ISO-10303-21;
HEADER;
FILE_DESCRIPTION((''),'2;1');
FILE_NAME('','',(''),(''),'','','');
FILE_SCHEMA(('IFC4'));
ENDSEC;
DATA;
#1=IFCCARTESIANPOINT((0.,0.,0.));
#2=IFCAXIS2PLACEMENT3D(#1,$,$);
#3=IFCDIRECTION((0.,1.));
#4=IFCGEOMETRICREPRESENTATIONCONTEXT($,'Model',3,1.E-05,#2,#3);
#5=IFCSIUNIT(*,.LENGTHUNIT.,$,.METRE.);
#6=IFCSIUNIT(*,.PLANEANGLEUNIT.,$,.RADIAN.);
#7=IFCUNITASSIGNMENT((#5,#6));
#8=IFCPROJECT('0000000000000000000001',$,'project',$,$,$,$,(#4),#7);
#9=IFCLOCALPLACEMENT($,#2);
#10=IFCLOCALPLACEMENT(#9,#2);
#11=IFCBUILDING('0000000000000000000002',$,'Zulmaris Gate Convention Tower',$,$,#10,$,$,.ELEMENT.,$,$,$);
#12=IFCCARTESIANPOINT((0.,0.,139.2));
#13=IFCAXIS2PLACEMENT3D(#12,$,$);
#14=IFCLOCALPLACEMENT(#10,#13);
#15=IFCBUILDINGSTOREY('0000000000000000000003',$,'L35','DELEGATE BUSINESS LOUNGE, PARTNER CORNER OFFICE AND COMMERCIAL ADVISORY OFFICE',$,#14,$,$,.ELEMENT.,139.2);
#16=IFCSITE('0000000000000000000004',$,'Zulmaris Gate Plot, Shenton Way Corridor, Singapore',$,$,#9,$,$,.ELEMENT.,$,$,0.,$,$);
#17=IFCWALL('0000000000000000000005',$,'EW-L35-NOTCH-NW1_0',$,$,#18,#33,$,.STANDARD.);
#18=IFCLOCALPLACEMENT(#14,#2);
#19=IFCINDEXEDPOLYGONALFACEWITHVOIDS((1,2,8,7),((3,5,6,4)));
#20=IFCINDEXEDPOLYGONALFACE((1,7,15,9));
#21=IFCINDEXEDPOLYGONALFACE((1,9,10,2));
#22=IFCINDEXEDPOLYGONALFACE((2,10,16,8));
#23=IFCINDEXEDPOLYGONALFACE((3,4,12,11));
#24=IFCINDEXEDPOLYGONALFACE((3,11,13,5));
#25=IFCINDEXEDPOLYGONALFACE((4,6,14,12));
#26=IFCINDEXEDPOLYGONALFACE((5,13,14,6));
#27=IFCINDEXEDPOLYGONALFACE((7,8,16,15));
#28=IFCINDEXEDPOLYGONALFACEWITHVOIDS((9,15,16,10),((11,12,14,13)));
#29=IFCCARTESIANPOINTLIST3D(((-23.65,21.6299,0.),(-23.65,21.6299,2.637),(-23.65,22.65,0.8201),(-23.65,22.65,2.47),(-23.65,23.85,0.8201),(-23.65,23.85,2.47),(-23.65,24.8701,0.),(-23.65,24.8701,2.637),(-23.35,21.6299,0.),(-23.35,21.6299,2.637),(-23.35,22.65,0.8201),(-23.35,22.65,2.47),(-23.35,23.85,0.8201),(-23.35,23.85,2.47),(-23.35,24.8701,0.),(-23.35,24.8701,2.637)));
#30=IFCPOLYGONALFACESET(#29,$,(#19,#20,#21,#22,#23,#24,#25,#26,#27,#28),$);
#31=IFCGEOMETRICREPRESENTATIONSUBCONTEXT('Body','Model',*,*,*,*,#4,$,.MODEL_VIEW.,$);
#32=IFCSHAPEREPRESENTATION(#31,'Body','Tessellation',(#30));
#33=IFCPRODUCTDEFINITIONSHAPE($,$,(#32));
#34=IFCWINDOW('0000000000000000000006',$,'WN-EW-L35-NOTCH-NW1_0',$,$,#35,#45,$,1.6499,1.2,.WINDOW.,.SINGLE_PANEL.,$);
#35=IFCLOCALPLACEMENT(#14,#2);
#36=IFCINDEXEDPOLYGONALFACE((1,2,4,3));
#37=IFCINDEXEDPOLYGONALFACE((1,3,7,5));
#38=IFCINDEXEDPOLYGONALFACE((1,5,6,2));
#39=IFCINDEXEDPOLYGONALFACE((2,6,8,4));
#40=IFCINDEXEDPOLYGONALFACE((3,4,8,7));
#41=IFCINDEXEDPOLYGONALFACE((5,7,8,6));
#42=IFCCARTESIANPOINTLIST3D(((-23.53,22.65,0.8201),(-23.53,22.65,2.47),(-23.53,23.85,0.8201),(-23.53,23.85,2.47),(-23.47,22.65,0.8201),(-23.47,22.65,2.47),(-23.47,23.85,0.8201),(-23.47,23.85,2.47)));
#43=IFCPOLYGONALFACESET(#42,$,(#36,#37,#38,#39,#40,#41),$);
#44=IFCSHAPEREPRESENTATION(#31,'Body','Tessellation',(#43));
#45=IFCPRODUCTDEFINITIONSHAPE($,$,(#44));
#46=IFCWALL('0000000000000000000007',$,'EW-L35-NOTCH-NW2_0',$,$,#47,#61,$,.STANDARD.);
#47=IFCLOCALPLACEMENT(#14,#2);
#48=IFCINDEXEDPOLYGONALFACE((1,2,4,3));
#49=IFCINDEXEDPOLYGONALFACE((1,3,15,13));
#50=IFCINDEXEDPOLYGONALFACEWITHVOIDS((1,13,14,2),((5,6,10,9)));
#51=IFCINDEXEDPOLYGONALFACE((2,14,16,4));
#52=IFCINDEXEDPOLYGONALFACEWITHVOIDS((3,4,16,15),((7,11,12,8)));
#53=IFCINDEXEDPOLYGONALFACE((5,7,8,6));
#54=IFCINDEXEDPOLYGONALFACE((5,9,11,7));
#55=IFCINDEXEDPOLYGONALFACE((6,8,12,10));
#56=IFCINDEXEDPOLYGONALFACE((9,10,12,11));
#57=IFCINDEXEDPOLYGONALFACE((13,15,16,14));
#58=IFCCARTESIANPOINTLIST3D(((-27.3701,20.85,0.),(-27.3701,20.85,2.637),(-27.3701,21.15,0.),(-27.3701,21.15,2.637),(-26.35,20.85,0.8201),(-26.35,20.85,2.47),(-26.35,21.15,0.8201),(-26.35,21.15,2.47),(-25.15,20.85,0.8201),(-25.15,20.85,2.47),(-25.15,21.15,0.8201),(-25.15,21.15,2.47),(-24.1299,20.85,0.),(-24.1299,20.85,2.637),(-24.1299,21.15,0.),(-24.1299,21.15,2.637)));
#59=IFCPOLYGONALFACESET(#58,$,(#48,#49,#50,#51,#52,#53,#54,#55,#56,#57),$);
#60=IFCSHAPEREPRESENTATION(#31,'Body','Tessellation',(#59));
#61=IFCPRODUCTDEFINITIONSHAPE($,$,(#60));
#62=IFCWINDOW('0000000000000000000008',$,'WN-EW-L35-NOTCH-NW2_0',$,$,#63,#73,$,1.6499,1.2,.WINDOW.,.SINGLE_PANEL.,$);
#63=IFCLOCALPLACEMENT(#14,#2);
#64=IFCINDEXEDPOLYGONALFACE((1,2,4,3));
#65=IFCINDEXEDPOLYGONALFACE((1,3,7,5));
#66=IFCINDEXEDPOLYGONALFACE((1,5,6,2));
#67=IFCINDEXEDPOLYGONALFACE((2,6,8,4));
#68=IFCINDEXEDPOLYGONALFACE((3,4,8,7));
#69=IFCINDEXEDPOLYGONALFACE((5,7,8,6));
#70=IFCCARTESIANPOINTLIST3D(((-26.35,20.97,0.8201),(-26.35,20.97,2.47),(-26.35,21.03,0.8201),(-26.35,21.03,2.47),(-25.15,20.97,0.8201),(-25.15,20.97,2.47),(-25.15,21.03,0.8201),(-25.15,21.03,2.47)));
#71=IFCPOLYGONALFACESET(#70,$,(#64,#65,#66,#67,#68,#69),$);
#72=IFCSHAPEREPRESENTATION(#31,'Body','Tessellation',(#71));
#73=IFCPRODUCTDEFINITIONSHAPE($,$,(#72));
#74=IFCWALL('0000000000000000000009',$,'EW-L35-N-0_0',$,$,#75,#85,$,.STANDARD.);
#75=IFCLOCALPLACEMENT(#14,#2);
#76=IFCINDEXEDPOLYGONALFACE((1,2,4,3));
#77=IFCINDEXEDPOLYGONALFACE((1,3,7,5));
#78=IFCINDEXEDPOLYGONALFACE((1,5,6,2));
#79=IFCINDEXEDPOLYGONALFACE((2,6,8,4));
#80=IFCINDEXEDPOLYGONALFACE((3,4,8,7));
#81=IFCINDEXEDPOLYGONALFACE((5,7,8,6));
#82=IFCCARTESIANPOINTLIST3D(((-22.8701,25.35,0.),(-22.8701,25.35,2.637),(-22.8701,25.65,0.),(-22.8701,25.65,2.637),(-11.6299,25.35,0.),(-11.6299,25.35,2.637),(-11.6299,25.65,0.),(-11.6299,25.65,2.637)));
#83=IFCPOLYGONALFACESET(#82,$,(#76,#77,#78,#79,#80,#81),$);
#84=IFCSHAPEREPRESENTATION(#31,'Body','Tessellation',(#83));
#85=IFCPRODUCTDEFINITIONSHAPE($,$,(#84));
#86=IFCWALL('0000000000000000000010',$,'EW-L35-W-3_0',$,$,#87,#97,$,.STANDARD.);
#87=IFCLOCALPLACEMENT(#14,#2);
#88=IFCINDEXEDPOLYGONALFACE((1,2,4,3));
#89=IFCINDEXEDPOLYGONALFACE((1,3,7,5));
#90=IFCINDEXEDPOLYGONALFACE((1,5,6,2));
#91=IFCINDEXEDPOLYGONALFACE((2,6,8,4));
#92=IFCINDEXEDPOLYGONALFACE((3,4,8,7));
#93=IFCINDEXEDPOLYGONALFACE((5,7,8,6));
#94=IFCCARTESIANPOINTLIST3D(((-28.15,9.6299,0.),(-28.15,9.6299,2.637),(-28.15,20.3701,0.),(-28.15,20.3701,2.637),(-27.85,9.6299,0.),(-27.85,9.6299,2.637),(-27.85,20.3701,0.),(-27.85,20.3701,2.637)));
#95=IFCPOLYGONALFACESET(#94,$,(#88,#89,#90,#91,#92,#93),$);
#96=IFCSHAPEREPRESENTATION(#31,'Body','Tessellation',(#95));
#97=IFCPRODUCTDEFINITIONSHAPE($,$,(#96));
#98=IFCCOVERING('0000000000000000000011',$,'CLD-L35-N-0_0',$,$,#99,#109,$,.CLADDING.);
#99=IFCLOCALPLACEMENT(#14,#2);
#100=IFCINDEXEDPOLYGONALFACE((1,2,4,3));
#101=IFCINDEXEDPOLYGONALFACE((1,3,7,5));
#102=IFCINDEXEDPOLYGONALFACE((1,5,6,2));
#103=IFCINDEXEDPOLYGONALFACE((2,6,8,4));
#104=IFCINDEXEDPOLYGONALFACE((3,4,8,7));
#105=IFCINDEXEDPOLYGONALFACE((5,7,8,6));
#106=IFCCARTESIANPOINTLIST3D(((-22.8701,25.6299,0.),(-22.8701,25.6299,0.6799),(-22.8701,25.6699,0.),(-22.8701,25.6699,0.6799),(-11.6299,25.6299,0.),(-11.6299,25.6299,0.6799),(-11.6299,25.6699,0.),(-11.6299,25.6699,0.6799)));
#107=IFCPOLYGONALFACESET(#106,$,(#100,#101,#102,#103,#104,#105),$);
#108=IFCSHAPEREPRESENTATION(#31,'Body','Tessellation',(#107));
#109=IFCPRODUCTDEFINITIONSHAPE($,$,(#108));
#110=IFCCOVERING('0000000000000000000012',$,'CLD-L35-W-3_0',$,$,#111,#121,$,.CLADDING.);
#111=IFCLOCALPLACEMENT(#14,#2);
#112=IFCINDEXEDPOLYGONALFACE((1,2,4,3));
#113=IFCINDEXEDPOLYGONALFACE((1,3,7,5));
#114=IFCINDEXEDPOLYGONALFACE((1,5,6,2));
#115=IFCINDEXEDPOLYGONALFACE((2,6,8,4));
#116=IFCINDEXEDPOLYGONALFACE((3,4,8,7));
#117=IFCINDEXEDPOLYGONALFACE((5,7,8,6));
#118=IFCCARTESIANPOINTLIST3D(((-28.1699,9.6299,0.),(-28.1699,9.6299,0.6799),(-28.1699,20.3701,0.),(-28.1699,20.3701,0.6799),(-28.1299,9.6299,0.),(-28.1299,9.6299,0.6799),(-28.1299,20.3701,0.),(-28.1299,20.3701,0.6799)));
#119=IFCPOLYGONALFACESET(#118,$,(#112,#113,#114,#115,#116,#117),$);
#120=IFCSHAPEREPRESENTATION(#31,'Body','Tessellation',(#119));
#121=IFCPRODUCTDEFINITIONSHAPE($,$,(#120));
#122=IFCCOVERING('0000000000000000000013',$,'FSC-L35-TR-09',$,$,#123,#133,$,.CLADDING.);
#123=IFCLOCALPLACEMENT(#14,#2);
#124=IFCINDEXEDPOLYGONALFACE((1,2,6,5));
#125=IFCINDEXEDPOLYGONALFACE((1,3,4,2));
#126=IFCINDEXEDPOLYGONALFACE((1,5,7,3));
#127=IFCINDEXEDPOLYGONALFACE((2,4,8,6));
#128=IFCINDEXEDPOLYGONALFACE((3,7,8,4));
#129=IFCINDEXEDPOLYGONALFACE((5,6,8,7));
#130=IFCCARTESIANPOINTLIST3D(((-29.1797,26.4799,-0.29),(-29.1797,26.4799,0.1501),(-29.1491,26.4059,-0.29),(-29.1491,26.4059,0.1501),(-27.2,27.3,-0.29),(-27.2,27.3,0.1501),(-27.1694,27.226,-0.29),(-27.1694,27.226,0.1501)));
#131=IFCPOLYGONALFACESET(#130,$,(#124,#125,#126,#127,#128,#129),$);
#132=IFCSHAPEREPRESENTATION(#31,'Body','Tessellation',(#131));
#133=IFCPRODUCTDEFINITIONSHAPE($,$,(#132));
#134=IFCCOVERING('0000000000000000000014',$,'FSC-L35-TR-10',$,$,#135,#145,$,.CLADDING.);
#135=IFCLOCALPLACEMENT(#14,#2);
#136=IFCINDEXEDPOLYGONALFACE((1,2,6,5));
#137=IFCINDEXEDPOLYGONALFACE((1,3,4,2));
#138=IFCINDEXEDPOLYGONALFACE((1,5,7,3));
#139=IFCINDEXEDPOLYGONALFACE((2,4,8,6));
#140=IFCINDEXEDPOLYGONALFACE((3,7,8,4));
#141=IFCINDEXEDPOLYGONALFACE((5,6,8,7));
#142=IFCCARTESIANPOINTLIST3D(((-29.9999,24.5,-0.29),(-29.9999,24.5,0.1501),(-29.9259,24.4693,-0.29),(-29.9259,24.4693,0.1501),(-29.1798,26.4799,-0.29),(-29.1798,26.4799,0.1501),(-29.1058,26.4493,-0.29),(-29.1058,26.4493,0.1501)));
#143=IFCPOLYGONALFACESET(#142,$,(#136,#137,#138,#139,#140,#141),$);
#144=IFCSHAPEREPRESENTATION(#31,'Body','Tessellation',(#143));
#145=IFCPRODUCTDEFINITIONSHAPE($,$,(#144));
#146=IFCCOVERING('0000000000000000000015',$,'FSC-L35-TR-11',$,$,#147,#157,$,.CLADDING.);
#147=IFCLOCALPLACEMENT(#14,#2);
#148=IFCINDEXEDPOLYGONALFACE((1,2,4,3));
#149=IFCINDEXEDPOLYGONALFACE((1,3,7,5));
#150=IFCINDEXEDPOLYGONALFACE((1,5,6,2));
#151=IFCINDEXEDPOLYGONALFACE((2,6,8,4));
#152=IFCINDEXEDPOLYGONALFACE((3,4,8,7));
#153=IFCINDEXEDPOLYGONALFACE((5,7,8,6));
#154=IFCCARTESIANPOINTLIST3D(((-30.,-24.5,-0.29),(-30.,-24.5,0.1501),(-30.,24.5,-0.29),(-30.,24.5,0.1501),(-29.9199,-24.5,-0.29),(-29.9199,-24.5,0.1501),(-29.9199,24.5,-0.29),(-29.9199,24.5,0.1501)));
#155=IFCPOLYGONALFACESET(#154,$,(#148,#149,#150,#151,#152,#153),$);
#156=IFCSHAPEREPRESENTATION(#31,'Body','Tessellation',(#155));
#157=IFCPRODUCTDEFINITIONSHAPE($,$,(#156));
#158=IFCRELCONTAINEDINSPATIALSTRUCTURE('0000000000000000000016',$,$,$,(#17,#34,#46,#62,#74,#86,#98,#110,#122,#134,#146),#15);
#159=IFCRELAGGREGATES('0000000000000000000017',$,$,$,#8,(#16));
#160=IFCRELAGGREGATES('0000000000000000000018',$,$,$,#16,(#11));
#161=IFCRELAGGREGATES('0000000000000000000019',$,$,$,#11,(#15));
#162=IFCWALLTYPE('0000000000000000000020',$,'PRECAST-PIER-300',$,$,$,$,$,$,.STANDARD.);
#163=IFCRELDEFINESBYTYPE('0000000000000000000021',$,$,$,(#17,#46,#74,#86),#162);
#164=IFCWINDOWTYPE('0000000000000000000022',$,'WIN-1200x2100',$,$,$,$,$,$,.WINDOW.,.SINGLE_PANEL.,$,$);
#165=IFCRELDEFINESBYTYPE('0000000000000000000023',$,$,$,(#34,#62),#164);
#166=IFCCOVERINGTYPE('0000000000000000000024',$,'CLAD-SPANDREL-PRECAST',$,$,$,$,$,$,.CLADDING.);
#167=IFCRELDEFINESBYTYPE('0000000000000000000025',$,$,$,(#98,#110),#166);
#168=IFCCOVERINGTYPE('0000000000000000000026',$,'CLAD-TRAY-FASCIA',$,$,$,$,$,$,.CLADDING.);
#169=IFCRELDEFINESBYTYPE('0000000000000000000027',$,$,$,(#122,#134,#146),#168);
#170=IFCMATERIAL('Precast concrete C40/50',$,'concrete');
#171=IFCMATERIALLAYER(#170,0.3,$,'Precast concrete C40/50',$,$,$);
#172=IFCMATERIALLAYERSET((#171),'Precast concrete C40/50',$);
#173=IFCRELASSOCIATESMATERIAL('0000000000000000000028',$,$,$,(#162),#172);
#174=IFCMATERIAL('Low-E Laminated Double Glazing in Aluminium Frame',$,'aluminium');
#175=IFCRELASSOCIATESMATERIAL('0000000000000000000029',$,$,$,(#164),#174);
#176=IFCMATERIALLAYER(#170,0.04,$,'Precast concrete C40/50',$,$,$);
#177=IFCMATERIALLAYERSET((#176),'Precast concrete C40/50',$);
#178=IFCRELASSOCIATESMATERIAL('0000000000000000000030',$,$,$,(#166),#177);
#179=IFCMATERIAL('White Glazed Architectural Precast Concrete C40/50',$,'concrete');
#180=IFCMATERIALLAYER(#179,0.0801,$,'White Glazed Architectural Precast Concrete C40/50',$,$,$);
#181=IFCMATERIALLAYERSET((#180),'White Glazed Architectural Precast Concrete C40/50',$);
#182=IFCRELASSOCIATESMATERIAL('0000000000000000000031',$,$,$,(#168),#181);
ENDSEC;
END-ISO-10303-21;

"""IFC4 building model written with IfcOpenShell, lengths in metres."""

from ifc_helpers import new_model, si_unit, direction, frame, frame_2d, origin, place, context, subcontext, project, spatial, rectangle, extrude, material, layer, layer_set, type_object, element, fill, save


model = new_model("IFC4")

# Units and contexts
model_context = context("Model", 3, precision=1e-05, world=origin(), true_north=direction((0.0, 1.0)))
body_context = subcontext(model_context, "Body", "Model", "MODEL_VIEW")
ifc_project = project(units=[si_unit("LENGTHUNIT", "METRE"), si_unit("PLANEANGLEUNIT", "RADIAN")], contexts=[model_context])

# Site, building, storey
site_placement = place(None, origin())
site = spatial("IfcSite", under=ifc_project, at=site_placement, Name="Zulmaris Gate Plot, Shenton Way Corridor, Singapore", CompositionType="ELEMENT", RefElevation=0.0)
building_placement = place(site_placement, origin())
building = spatial("IfcBuilding", under=site, at=building_placement, Name="Zulmaris Gate Convention Tower", CompositionType="ELEMENT")
storey_placement = place(building_placement, frame((0.0, 0.0, 139.2)))
storey = spatial("IfcBuildingStorey", under=building, at=storey_placement, Name="L35", Description="DELEGATE BUSINESS LOUNGE, PARTNER CORNER OFFICE AND COMMERCIAL ADVISORY OFFICE", CompositionType="ELEMENT", Elevation=139.2)

# Walls, openings, windows
ifc_material_1 = material(Name="Precast concrete C40/50", Category="concrete")
ifc_layer_1 = layer(ifc_material_1, 0.3, Name="Precast concrete C40/50")
ifc_layer_set_1 = layer_set([ifc_layer_1], Name="Precast concrete C40/50")
wall_type_1 = type_object("IfcWallType", Name="PRECAST-PIER-300", PredefinedType="STANDARD", material=ifc_layer_set_1)
wall_1_placement = place(storey_placement, frame((-23.5, 24.8701, 0.0), z_axis=(0.0, 0.0, 1.0), x_axis=(0.0, -1.0, 0.0)))
wall_1 = element("IfcWall", 1, at=wall_1_placement, inside=storey, type_object=wall_type_1, Name="EW-L35-NOTCH-NW1_0", PredefinedType="STANDARD", context=body_context, shape_type="SweptSolid", body=[
    extrude(rectangle(XDim=3.2402, YDim=0.3, at=frame_2d((1.6201, 0.0))), origin(), (0.0, 0.0, 1.0), 2.637),
])
opening_1_placement = place(wall_1_placement, frame((1.02, 0.0, 0.8201)))
opening_1 = element("IfcOpeningElement", 2, at=opening_1_placement, cuts=wall_1, PredefinedType="OPENING", context=body_context, shape_type="SweptSolid", body=[
    extrude(rectangle(XDim=1.2, YDim=1.6499, at=frame_2d((0.6001, 0.825))), frame((0.0, 0.1602, 0.0), z_axis=(0.0, -1.0, 0.0), x_axis=(1.0, 0.0, 0.0)), (0.0, 0.0, 1.0), 0.3201),
])
ifc_material_2 = material(Name="Low-E Laminated Double Glazing in Aluminium Frame", Category="aluminium")
window_type = type_object("IfcWindowType", Name="WIN-1200x2100", PartitioningType="SINGLE_PANEL", PredefinedType="WINDOW", material=ifc_material_2)
window_1_placement = place(opening_1_placement, origin())
window_1 = element("IfcWindow", 3, at=window_1_placement, inside=storey, type_object=window_type, Name="WN-EW-L35-NOTCH-NW1_0", OverallHeight=1.6499, OverallWidth=1.2, PartitioningType="SINGLE_PANEL", PredefinedType="WINDOW", context=body_context, shape_type="SweptSolid", body=[
    extrude(rectangle(XDim=1.2, YDim=1.6499, at=frame_2d((0.6001, 0.825))), frame((0.0, 0.03, 0.0), z_axis=(0.0, -1.0, 0.0), x_axis=(1.0, 0.0, 0.0)), (0.0, 0.0, 1.0), 0.0601),
])
fill(opening_1, window_1)
wall_2_placement = place(storey_placement, frame((-24.1299, 21.0, 0.0), z_axis=(0.0, 0.0, 1.0), x_axis=(-1.0, 0.0, 0.0)))
wall_2 = element("IfcWall", 4, at=wall_2_placement, inside=storey, type_object=wall_type_1, Name="EW-L35-NOTCH-NW2_0", PredefinedType="STANDARD", context=body_context, shape_type="SweptSolid", body=[
    extrude(rectangle(XDim=3.2402, YDim=0.3, at=frame_2d((1.6201, 0.0))), origin(), (0.0, 0.0, 1.0), 2.637),
])
opening_2_placement = place(wall_2_placement, frame((1.02, 0.0, 0.8201)))
opening_2 = element("IfcOpeningElement", 5, at=opening_2_placement, cuts=wall_2, PredefinedType="OPENING", context=body_context, shape_type="SweptSolid", body=[
    extrude(rectangle(XDim=1.2, YDim=1.6499, at=frame_2d((0.6001, 0.825))), frame((0.0, 0.1602, 0.0), z_axis=(0.0, -1.0, 0.0), x_axis=(1.0, 0.0, 0.0)), (0.0, 0.0, 1.0), 0.3201),
])
window_2_placement = place(opening_2_placement, origin())
window_2 = element("IfcWindow", 6, at=window_2_placement, inside=storey, type_object=window_type, Name="WN-EW-L35-NOTCH-NW2_0", OverallHeight=1.6499, OverallWidth=1.2, PartitioningType="SINGLE_PANEL", PredefinedType="WINDOW", context=body_context, shape_type="SweptSolid", body=[
    extrude(rectangle(XDim=1.2, YDim=1.6499, at=frame_2d((0.6001, 0.825))), frame((0.0, 0.03, 0.0), z_axis=(0.0, -1.0, 0.0), x_axis=(1.0, 0.0, 0.0)), (0.0, 0.0, 1.0), 0.0601),
])
fill(opening_2, window_2)

# Walls
wall_3_placement = place(storey_placement, frame((-11.6299, 25.5, 0.0), z_axis=(0.0, 0.0, 1.0), x_axis=(-1.0, 0.0, 0.0)))
element("IfcWall", 7, at=wall_3_placement, inside=storey, type_object=wall_type_1, Name="EW-L35-N-0_0", PredefinedType="STANDARD", context=body_context, shape_type="SweptSolid", body=[
    extrude(rectangle(XDim=11.2402, YDim=0.3, at=frame_2d((5.6201, 0.0))), origin(), (0.0, 0.0, 1.0), 2.637),
])
wall_4_placement = place(storey_placement, frame((-28.0, 20.3701, 0.0), z_axis=(0.0, 0.0, 1.0), x_axis=(0.0, -1.0, 0.0)))
element("IfcWall", 8, at=wall_4_placement, inside=storey, type_object=wall_type_1, Name="EW-L35-W-3_0", PredefinedType="STANDARD", context=body_context, shape_type="SweptSolid", body=[
    extrude(rectangle(XDim=10.7402, YDim=0.3, at=frame_2d((5.3701, 0.0))), origin(), (0.0, 0.0, 1.0), 2.637),
])

# Coverings
ifc_layer_2 = layer(ifc_material_1, 0.04, Name="Precast concrete C40/50")
ifc_layer_set_2 = layer_set([ifc_layer_2], Name="Precast concrete C40/50")
covering_type_1 = type_object("IfcCoveringType", Name="CLAD-SPANDREL-PRECAST", PredefinedType="CLADDING", material=ifc_layer_set_2)
covering_1_placement = place(storey_placement, frame((-11.6299, 25.6499, 0.0), z_axis=(0.0, 0.0, 1.0), x_axis=(-1.0, 0.0, 0.0)))
element("IfcCovering", 9, at=covering_1_placement, inside=storey, type_object=covering_type_1, Name="CLD-L35-N-0_0", PredefinedType="CLADDING", context=body_context, shape_type="SweptSolid", body=[
    extrude(rectangle(XDim=11.2402, YDim=0.04, at=frame_2d((5.6201, 0.0))), origin(), (0.0, 0.0, 1.0), 0.6799),
])
covering_2_placement = place(storey_placement, frame((-28.1499, 20.3701, 0.0), z_axis=(0.0, 0.0, 1.0), x_axis=(0.0, -1.0, 0.0)))
element("IfcCovering", 10, at=covering_2_placement, inside=storey, type_object=covering_type_1, Name="CLD-L35-W-3_0", PredefinedType="CLADDING", context=body_context, shape_type="SweptSolid", body=[
    extrude(rectangle(XDim=10.7402, YDim=0.04, at=frame_2d((5.3701, 0.0))), origin(), (0.0, 0.0, 1.0), 0.6799),
])
ifc_material_3 = material(Name="White Glazed Architectural Precast Concrete C40/50", Category="concrete")
ifc_layer_3 = layer(ifc_material_3, 0.0801, Name="White Glazed Architectural Precast Concrete C40/50")
ifc_layer_set_3 = layer_set([ifc_layer_3], Name="White Glazed Architectural Precast Concrete C40/50")
covering_type_2 = type_object("IfcCoveringType", Name="CLAD-TRAY-FASCIA", PredefinedType="CLADDING", material=ifc_layer_set_3)
covering_3_placement = place(storey_placement, frame((-27.1848, 27.2629, -0.29), z_axis=(0.0, 0.0, 1.0), x_axis=(-0.923874, -0.382697, 0.0)))
element("IfcCovering", 11, at=covering_3_placement, inside=storey, type_object=covering_type_2, Name="FSC-L35-TR-09", PredefinedType="CLADDING", context=body_context, shape_type="SweptSolid", body=[
    extrude(rectangle(XDim=2.1428, YDim=0.0801, at=frame_2d((1.0713, 0.0))), origin(), (0.0, 0.0, 1.0), 0.4402),
])
covering_4_placement = place(storey_placement, frame((-29.1428, 26.4646, -0.29), z_axis=(0.0, 0.0, 1.0), x_axis=(-0.382657, -0.92389, 0.0)))
element("IfcCovering", 12, at=covering_4_placement, inside=storey, type_object=covering_type_2, Name="FSC-L35-TR-10", PredefinedType="CLADDING", context=body_context, shape_type="SweptSolid", body=[
    extrude(rectangle(XDim=2.1431, YDim=0.0801, at=frame_2d((1.0715, 0.0))), origin(), (0.0, 0.0, 1.0), 0.4402),
])
covering_5_placement = place(storey_placement, frame((-29.96, 24.5, -0.29), z_axis=(0.0, 0.0, 1.0), x_axis=(0.0, -1.0, 0.0)))
element("IfcCovering", 13, at=covering_5_placement, inside=storey, type_object=covering_type_2, Name="FSC-L35-TR-11", PredefinedType="CLADDING", context=body_context, shape_type="SweptSolid", body=[
    extrude(rectangle(XDim=49.0, YDim=0.0801, at=frame_2d((24.5, 0.0))), origin(), (0.0, 0.0, 1.0), 0.4402),
])

save(model, "model.ifc")
